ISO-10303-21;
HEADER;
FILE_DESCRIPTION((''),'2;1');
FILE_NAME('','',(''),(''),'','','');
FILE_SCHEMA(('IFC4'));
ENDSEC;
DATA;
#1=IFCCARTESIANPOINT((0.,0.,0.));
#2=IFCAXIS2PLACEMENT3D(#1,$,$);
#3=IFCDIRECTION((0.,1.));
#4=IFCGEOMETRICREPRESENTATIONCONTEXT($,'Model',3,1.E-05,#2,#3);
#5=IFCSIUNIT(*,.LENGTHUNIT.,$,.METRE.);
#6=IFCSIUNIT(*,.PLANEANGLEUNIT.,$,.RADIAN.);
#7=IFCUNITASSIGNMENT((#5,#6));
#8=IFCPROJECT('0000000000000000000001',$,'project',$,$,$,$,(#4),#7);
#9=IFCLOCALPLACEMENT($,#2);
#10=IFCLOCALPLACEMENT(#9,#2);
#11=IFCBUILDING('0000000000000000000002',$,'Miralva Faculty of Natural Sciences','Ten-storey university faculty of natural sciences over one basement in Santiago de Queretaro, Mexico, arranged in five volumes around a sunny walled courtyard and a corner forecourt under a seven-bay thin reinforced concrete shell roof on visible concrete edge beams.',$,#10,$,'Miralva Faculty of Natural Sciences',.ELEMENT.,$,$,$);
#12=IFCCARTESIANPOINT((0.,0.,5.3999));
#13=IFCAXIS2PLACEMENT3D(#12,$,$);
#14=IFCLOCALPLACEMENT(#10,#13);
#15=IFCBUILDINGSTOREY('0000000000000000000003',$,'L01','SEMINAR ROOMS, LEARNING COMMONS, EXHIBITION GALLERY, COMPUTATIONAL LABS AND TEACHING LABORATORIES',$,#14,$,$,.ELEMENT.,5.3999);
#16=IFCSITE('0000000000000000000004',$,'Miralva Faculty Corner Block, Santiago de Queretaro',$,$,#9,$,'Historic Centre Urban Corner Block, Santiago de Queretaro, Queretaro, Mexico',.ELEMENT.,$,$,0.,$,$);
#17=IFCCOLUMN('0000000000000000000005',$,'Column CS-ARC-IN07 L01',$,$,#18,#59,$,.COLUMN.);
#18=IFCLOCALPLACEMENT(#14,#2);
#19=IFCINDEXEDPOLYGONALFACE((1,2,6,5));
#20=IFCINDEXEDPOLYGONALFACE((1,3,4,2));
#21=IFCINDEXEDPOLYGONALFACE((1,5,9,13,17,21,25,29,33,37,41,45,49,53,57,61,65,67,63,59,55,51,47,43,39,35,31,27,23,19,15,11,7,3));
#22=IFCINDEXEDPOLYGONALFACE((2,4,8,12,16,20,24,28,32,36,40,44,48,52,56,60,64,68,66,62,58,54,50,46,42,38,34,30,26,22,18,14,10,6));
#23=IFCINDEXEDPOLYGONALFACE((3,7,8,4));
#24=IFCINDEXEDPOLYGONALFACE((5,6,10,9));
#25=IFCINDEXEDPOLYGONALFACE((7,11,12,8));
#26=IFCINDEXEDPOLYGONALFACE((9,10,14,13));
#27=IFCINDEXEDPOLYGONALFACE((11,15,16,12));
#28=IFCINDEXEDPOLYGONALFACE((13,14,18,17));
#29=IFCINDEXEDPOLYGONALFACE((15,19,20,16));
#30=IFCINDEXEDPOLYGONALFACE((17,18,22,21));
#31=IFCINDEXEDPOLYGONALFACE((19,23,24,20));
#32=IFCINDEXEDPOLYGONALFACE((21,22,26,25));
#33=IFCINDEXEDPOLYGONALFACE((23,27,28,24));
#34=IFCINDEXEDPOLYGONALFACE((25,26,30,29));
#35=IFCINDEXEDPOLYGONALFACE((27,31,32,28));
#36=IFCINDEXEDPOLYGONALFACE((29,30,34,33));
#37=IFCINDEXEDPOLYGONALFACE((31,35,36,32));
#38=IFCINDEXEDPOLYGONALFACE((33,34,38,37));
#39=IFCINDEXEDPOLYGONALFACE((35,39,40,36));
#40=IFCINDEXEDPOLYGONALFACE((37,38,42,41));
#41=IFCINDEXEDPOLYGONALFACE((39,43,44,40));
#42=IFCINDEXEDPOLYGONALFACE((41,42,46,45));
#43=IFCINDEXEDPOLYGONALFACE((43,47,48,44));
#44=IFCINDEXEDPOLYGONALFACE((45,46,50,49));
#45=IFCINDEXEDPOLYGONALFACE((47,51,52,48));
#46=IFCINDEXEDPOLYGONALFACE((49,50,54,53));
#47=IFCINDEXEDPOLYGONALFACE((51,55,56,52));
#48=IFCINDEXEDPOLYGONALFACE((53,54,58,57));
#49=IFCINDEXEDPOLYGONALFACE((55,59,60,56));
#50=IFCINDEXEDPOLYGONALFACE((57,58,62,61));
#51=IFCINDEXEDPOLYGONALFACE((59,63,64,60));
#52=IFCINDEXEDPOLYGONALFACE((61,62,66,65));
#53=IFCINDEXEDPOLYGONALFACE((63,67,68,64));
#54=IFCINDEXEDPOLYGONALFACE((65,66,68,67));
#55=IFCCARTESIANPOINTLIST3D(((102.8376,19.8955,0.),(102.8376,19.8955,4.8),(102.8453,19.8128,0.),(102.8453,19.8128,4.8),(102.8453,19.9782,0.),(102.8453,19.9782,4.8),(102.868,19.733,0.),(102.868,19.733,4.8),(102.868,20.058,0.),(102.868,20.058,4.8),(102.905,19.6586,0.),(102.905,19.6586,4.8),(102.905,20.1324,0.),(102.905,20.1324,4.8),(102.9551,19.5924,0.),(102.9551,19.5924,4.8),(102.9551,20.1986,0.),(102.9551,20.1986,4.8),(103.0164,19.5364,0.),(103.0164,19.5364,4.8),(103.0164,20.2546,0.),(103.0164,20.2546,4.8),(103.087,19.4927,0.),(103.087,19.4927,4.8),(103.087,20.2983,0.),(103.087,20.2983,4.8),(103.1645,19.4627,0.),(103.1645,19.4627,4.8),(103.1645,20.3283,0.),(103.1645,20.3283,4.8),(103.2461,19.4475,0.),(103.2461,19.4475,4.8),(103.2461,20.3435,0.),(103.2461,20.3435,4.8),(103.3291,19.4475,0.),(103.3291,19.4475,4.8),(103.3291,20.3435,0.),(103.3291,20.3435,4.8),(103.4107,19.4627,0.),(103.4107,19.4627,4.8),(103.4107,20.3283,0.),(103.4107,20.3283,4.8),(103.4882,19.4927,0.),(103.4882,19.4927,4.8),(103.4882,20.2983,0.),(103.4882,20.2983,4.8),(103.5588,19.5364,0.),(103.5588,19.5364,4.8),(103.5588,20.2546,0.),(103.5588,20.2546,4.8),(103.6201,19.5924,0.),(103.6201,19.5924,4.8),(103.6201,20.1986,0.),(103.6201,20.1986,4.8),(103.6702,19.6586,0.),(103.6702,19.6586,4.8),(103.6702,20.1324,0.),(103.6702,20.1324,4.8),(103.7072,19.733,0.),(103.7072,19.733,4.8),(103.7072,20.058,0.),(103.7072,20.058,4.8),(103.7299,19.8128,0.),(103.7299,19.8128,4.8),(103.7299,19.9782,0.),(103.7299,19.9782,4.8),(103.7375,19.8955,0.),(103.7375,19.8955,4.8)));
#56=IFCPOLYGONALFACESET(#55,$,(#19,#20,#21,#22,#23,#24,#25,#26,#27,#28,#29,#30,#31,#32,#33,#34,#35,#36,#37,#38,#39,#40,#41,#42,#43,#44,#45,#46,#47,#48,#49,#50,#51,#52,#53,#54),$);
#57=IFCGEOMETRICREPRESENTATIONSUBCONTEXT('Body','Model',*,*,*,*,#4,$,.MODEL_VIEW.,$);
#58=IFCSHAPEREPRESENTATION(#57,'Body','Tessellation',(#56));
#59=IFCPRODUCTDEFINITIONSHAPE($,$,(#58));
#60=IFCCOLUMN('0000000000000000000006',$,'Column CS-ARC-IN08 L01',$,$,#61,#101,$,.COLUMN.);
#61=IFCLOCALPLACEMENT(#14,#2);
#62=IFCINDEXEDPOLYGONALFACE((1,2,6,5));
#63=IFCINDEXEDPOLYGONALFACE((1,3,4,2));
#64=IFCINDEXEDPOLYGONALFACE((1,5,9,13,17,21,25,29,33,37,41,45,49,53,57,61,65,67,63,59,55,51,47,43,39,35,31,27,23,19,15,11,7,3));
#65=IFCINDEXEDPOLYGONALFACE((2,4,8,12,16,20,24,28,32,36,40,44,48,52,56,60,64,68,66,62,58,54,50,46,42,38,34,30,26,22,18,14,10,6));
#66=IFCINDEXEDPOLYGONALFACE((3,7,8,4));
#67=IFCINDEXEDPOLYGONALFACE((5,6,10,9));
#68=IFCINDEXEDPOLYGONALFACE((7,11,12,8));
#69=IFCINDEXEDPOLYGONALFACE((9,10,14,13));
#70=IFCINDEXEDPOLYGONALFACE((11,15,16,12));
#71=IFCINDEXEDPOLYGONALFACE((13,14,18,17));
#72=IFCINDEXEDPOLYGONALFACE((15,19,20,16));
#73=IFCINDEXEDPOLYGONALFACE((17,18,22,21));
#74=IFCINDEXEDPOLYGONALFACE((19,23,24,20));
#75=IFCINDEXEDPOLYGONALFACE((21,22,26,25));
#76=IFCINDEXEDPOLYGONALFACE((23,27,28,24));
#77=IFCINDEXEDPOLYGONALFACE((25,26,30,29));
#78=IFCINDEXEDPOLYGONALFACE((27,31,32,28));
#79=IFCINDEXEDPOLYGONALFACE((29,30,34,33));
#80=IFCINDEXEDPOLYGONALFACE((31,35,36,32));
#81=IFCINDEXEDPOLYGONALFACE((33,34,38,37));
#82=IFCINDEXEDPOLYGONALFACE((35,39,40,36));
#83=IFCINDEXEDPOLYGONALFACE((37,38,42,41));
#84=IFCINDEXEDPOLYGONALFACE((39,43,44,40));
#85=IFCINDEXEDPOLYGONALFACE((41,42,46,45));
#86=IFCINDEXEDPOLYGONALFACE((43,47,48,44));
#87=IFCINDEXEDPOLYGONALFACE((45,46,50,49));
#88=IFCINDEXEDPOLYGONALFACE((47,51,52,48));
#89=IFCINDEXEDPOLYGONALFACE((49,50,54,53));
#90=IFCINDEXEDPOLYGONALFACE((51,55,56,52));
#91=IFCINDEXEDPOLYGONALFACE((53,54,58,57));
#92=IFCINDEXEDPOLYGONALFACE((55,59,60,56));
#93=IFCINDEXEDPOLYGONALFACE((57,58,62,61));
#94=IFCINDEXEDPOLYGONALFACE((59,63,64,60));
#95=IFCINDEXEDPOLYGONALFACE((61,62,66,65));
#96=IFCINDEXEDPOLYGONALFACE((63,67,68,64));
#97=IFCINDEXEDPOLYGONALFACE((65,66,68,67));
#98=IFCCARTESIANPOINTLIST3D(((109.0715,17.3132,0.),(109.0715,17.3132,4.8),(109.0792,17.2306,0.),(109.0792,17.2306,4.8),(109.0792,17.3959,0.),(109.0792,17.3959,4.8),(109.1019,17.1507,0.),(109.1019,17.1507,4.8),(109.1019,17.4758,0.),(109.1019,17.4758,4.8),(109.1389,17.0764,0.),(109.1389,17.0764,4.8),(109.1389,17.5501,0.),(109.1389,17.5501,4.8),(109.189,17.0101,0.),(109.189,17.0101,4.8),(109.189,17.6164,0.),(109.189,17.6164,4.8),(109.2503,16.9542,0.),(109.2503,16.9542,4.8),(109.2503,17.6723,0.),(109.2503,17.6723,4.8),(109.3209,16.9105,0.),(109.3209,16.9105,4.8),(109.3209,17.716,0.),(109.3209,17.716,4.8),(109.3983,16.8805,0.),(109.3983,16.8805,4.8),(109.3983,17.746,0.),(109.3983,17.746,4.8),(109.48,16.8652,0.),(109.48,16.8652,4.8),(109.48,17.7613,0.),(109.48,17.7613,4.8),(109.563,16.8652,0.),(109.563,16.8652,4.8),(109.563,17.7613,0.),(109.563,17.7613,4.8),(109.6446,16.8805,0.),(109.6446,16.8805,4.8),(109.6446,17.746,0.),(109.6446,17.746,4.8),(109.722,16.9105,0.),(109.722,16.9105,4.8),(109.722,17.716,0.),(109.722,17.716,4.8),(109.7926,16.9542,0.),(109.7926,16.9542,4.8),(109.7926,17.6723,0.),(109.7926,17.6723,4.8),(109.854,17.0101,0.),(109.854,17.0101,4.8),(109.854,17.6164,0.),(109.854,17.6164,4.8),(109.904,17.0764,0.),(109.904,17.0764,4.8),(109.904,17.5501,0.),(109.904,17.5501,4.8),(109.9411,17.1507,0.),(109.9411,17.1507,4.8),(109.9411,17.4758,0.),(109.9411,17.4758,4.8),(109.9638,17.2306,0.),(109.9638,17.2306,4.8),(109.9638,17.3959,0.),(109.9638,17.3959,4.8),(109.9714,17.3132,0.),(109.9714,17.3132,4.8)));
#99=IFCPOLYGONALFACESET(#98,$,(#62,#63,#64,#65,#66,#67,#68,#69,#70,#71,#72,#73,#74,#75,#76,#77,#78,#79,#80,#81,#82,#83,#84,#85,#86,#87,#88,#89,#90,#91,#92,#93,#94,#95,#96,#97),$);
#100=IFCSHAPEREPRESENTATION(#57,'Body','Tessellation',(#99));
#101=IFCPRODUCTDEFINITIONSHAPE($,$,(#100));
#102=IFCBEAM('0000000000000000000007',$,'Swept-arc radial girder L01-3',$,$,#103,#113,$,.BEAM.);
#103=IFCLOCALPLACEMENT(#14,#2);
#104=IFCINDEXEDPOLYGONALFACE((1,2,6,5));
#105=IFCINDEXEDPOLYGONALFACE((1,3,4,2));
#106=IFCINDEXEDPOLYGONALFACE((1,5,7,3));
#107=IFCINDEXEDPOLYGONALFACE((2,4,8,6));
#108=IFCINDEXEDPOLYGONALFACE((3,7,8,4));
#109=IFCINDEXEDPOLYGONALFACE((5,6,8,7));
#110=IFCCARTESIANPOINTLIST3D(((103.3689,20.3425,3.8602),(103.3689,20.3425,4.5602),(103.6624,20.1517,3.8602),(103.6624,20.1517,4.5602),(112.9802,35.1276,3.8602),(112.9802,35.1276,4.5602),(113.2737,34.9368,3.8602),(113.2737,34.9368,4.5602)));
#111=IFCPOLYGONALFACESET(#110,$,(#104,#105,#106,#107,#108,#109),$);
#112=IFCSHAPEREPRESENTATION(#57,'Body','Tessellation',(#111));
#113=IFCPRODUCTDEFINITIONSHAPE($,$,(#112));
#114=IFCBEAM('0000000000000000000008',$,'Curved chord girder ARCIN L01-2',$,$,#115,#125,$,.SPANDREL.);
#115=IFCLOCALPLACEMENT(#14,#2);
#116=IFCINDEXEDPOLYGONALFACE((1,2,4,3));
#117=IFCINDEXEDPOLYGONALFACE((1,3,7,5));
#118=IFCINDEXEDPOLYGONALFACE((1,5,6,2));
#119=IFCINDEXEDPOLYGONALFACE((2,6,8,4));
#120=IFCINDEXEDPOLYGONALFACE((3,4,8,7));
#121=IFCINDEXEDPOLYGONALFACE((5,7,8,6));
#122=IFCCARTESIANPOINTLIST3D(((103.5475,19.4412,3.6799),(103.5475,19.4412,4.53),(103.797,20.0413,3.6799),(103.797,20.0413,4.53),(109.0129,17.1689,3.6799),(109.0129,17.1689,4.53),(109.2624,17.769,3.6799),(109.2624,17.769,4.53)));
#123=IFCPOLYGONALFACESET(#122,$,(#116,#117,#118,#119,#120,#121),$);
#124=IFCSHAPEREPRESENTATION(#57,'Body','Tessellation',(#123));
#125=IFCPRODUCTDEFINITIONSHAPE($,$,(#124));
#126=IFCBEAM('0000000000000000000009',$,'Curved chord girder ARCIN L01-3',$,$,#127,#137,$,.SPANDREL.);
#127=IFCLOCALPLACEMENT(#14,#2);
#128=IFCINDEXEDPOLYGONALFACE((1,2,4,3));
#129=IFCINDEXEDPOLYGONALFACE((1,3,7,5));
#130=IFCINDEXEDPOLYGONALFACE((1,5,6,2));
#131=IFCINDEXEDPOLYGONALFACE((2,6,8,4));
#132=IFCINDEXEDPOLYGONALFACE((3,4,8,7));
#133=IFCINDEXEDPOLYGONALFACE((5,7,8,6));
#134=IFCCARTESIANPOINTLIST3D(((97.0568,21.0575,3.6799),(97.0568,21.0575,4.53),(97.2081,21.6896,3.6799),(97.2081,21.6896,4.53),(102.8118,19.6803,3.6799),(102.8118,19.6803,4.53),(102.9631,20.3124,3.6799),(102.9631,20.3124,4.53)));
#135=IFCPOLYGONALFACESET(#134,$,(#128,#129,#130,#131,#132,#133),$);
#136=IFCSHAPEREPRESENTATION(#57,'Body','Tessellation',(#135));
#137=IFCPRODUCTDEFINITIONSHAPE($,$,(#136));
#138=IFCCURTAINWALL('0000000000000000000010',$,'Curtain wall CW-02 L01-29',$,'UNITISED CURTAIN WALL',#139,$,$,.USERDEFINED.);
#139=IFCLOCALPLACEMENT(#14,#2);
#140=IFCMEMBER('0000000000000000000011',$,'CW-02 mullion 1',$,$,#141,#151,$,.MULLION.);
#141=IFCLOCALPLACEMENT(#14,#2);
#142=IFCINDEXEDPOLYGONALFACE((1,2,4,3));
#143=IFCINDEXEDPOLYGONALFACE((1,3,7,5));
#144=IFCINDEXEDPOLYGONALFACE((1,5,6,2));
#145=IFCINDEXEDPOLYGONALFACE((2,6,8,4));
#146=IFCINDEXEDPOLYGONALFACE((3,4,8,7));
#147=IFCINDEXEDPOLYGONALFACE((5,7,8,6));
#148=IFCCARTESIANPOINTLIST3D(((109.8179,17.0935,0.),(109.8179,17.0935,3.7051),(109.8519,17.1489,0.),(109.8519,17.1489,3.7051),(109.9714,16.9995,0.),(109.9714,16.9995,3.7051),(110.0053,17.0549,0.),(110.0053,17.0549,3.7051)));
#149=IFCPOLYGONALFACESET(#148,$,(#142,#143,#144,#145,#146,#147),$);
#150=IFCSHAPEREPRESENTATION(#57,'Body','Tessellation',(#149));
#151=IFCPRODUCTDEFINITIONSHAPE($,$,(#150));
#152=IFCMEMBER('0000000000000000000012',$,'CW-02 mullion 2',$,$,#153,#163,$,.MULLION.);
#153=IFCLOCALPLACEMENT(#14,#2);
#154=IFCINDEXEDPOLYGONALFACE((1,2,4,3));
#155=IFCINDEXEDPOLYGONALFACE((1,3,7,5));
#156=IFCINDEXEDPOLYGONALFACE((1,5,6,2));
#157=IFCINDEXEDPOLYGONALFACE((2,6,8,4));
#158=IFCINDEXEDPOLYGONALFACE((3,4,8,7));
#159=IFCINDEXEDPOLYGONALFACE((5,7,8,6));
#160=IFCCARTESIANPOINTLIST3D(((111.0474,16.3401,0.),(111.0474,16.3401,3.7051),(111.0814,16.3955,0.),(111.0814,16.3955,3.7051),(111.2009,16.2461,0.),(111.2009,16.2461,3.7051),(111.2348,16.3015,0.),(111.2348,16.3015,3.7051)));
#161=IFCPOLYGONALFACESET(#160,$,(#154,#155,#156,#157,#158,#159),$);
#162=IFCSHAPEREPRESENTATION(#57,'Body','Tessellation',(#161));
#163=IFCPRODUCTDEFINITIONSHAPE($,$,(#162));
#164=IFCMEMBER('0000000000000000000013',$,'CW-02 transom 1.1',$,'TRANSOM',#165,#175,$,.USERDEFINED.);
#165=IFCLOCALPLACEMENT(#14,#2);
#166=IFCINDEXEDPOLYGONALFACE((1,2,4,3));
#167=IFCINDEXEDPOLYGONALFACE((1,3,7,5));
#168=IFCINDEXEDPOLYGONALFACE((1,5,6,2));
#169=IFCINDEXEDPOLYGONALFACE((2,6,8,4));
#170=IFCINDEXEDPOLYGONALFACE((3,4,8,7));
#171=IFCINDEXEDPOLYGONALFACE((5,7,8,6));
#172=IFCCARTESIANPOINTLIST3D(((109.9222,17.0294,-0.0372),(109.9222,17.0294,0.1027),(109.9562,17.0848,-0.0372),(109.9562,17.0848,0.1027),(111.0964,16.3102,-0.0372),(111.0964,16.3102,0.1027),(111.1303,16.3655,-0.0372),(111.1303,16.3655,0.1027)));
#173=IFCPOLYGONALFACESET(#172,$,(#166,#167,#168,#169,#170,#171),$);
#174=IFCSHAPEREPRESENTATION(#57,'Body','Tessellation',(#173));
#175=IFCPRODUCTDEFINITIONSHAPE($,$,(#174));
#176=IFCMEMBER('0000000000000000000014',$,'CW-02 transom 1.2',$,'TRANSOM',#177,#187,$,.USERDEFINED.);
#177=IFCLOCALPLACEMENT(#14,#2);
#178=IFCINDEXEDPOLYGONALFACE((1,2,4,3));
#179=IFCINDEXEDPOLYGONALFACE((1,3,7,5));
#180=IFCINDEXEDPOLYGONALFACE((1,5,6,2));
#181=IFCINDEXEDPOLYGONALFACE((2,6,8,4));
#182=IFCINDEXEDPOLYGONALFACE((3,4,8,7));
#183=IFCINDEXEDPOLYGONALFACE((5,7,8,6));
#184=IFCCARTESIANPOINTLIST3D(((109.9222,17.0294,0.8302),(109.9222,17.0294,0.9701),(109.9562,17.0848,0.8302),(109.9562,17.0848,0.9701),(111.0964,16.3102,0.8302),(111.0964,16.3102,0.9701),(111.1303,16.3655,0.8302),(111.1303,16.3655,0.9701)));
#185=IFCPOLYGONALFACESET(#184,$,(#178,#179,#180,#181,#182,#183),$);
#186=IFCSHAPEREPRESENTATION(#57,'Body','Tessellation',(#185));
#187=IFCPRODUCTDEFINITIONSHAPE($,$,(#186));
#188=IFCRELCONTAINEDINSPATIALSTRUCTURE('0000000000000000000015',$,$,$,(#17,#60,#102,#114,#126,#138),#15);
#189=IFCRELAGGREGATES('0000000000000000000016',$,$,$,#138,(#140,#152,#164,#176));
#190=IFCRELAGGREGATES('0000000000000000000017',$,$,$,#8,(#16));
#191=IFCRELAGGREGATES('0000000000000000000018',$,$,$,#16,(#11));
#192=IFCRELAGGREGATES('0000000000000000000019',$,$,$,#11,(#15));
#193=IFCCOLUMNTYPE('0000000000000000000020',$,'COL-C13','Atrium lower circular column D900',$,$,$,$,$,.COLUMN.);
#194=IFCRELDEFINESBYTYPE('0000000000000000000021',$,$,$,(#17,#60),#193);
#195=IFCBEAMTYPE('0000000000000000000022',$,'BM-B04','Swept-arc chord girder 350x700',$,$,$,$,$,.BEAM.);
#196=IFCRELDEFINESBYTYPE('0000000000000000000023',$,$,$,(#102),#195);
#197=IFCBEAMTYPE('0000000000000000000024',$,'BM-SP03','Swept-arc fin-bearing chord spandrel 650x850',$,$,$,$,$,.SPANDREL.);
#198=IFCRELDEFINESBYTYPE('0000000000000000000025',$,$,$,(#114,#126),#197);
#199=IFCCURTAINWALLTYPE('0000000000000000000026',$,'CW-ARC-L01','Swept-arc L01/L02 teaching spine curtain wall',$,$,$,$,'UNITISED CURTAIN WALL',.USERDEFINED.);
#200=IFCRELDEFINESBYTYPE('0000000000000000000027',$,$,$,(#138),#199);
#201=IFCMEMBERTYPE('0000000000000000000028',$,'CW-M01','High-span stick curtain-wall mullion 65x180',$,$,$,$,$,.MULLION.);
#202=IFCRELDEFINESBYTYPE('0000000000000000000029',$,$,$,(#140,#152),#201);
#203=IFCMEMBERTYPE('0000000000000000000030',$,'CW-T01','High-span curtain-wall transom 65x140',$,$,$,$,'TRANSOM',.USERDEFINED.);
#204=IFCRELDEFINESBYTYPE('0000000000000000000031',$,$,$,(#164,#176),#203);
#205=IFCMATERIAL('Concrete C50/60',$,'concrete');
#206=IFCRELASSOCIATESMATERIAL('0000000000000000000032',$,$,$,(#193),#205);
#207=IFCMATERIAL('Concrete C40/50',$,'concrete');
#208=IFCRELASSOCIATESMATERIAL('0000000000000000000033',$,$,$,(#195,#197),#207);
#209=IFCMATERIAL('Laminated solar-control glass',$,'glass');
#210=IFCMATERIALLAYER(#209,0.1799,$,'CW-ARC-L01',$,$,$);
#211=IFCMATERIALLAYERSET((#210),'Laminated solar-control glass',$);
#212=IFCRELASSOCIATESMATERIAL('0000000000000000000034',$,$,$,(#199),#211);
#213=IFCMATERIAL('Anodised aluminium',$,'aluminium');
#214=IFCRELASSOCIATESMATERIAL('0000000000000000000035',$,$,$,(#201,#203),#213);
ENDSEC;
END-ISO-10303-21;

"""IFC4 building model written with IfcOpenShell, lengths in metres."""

from ifc_helpers import new_model, si_unit, direction, frame, origin, origin_2d, place, context, subcontext, project, spatial, rectangle, circle, extrude, material, layer, layer_set, material_profile, profile_set, type_object, element, aggregate, save


model = new_model("IFC4")

# Units and contexts
model_context = context("Model", 3, precision=1e-05, world=origin(), true_north=direction((0.0, 1.0)))
body_context = subcontext(model_context, "Body", "Model", "MODEL_VIEW")
ifc_project = project(units=[si_unit("LENGTHUNIT", "METRE"), si_unit("PLANEANGLEUNIT", "RADIAN")], contexts=[model_context])

# Site, building, storey
site_placement = place(None, origin())
site = spatial("IfcSite", under=ifc_project, at=site_placement, Name="Miralva Faculty Corner Block, Santiago de Queretaro", LongName="Historic Centre Urban Corner Block, Santiago de Queretaro, Queretaro, Mexico", CompositionType="ELEMENT", RefElevation=0.0)
building_placement = place(site_placement, origin())
building = spatial("IfcBuilding", under=site, at=building_placement, Name="Miralva Faculty of Natural Sciences", Description="Ten-storey university faculty of natural sciences over one basement in Santiago de Queretaro, Mexico, arranged in five volumes around a sunny walled courtyard and a corner forecourt under a seven-bay thin reinforced concrete shell roof on visible concrete edge beams.", LongName="Miralva Faculty of Natural Sciences", CompositionType="ELEMENT")
storey_placement = place(building_placement, frame((0.0, 0.0, 5.3999)))
storey = spatial("IfcBuildingStorey", under=building, at=storey_placement, Name="L01", Description="SEMINAR ROOMS, LEARNING COMMONS, EXHIBITION GALLERY, COMPUTATIONAL LABS AND TEACHING LABORATORIES", CompositionType="ELEMENT", Elevation=5.3999)

# Columns
ifc_material_1 = material(Name="Concrete C50/60", Category="concrete")
ifc_material_profile_1 = material_profile(ifc_material_1, circle(Radius=0.45, at=origin_2d()), Name="RC DIA 900")
ifc_profile_set_1 = profile_set([ifc_material_profile_1], Name="Concrete C50/60")
column_type = type_object("IfcColumnType", Name="COL-C13", Description="Atrium lower circular column D900", PredefinedType="COLUMN", material=ifc_profile_set_1)
for number, where, z_axis, x_axis, name in (
    (1, (103.2876, 19.8955, 0.0), (0.0, 0.0, 1.0), (1.0, 0.0, 0.0), "Column CS-ARC-IN07 L01"),
    (2, (109.5215, 17.3132, 0.0), (0.0, 0.0, 1.0), (1.0, 0.0, 0.0), "Column CS-ARC-IN08 L01"),
):
    element("IfcColumn", number, at=place(storey_placement, frame(where, z_axis=z_axis, x_axis=x_axis)), inside=storey, type_object=column_type, Name=name, PredefinedType="COLUMN", context=body_context, shape_type="SweptSolid", body=[
        extrude(circle(Radius=0.45, at=origin_2d()), origin(), (0.0, 0.0, 1.0), 4.8),
    ])

# Beams
ifc_material_2 = material(Name="Concrete C40/50", Category="concrete")
ifc_material_profile_2 = material_profile(ifc_material_2, rectangle(XDim=0.3501, YDim=0.7, at=origin_2d()), Name="RC 350x700")
ifc_profile_set_2 = profile_set([ifc_material_profile_2], Name="Concrete C40/50")
beam_type_1 = type_object("IfcBeamType", Name="BM-B04", Description="Swept-arc chord girder 350x700", PredefinedType="BEAM", material=ifc_profile_set_2)
beam_1_placement = place(storey_placement, frame((103.5156, 20.2471, 4.2102), z_axis=(0.545027, 0.838418, 0.0), x_axis=(-0.838418, 0.545027, 0.0)))
element("IfcBeam", 3, at=beam_1_placement, inside=storey, type_object=beam_type_1, Name="Swept-arc radial girder L01-3", PredefinedType="BEAM", context=body_context, shape_type="SweptSolid", body=[
    extrude(rectangle(XDim=0.3501, YDim=0.7, at=origin_2d()), origin(), (0.0, 0.0, 1.0), 17.6345),
])
ifc_material_profile_3 = material_profile(ifc_material_2, rectangle(XDim=0.6499, YDim=0.8501, at=origin_2d()), Name="RC 650x850")
ifc_profile_set_3 = profile_set([ifc_material_profile_3], Name="Concrete C40/50")
beam_type_2 = type_object("IfcBeamType", Name="BM-SP03", Description="Swept-arc fin-bearing chord spandrel 650x850", PredefinedType="SPANDREL", material=ifc_profile_set_3)
beam_2_placement = place(storey_placement, frame((109.1377, 17.469, 4.105), z_axis=(-0.923377, 0.383895, 0.0), x_axis=(-0.383895, -0.923377, 0.0)))
element("IfcBeam", 4, at=beam_2_placement, inside=storey, type_object=beam_type_2, Name="Curved chord girder ARCIN L01-2", PredefinedType="SPANDREL", context=body_context, shape_type="SweptSolid", body=[
    extrude(rectangle(XDim=0.6499, YDim=0.8501, at=origin_2d()), origin(), (0.0, 0.0, 1.0), 5.9189),
])
beam_3_placement = place(storey_placement, frame((102.8875, 19.9963, 4.105), z_axis=(-0.97254, 0.232738, 0.0), x_axis=(-0.232738, -0.97254, 0.0)))
element("IfcBeam", 5, at=beam_3_placement, inside=storey, type_object=beam_type_2, Name="Curved chord girder ARCIN L01-3", PredefinedType="SPANDREL", context=body_context, shape_type="SweptSolid", body=[
    extrude(rectangle(XDim=0.6499, YDim=0.8501, at=origin_2d()), origin(), (0.0, 0.0, 1.0), 5.9175),
])

# Curtain wall, members
ifc_material_3 = material(Name="Laminated solar-control glass", Category="glass")
ifc_layer_1 = layer(ifc_material_3, 0.1799, Name="CW-ARC-L01")
ifc_layer_set_1 = layer_set([ifc_layer_1], Name="Laminated solar-control glass")
curtain_wall_type = type_object("IfcCurtainWallType", Name="CW-ARC-L01", Description="Swept-arc L01/L02 teaching spine curtain wall", ElementType="UNITISED CURTAIN WALL", PredefinedType="USERDEFINED", material=ifc_layer_set_1)
curtain_wall_placement = place(storey_placement, origin())
curtain_wall = element("IfcCurtainWall", 6, at=curtain_wall_placement, inside=storey, type_object=curtain_wall_type, Name="Curtain wall CW-02 L01-29", ObjectType="UNITISED CURTAIN WALL", PredefinedType="USERDEFINED")
ifc_material_4 = material(Name="Anodised aluminium", Category="aluminium")
ifc_material_profile_4 = material_profile(ifc_material_4, rectangle(XDim=0.0649, YDim=0.1799, at=origin_2d()), Name="MULLION 65x180")
ifc_profile_set_4 = profile_set([ifc_material_profile_4], Name="Anodised aluminium")
member_type_1 = type_object("IfcMemberType", Name="CW-M01", Description="High-span stick curtain-wall mullion 65x180", PredefinedType="MULLION", material=ifc_profile_set_4)
member_1_placement = place(storey_placement, frame((109.9116, 17.0742, 0.0), z_axis=(0.0, 0.0, 1.0), x_axis=(0.522483, 0.85265, 0.0)))
member_1 = element("IfcMember", 7, at=member_1_placement, type_object=member_type_1, Name="CW-02 mullion 1", PredefinedType="MULLION", context=body_context, shape_type="SweptSolid", body=[
    extrude(rectangle(XDim=0.0649, YDim=0.1799, at=origin_2d()), origin(), (0.0, 0.0, 1.0), 3.7051),
])
member_2_placement = place(storey_placement, frame((111.1411, 16.3208, 0.0), z_axis=(0.0, 0.0, 1.0), x_axis=(0.522483, 0.85265, 0.0)))
member_2 = element("IfcMember", 8, at=member_2_placement, type_object=member_type_1, Name="CW-02 mullion 2", PredefinedType="MULLION", context=body_context, shape_type="SweptSolid", body=[
    extrude(rectangle(XDim=0.0649, YDim=0.1799, at=origin_2d()), origin(), (0.0, 0.0, 1.0), 3.7051),
])
ifc_material_profile_5 = material_profile(ifc_material_4, rectangle(XDim=0.0649, YDim=0.1399, at=origin_2d()), Name="TRANSOM 65x140")
ifc_profile_set_5 = profile_set([ifc_material_profile_5], Name="Anodised aluminium")
member_type_2 = type_object("IfcMemberType", Name="CW-T01", Description="High-span curtain-wall transom 65x140", ElementType="TRANSOM", PredefinedType="USERDEFINED", material=ifc_profile_set_5)
member_3_placement = place(storey_placement, frame((109.9392, 17.0571, 0.0327), z_axis=(0.852716, -0.522375, 0.0), x_axis=(0.522375, 0.852716, 0.0)))
member_3 = element("IfcMember", 9, at=member_3_placement, type_object=member_type_2, Name="CW-02 transom 1.1", ObjectType="TRANSOM", PredefinedType="USERDEFINED", context=body_context, shape_type="SweptSolid", body=[
    extrude(rectangle(XDim=0.0649, YDim=0.1399, at=origin_2d()), origin(), (0.0, 0.0, 1.0), 1.377),
])
member_4_placement = place(storey_placement, frame((109.9392, 17.0571, 0.9001), z_axis=(0.852716, -0.522375, 0.0), x_axis=(0.522375, 0.852716, 0.0)))
member_4 = element("IfcMember", 10, at=member_4_placement, type_object=member_type_2, Name="CW-02 transom 1.2", ObjectType="TRANSOM", PredefinedType="USERDEFINED", context=body_context, shape_type="SweptSolid", body=[
    extrude(rectangle(XDim=0.0649, YDim=0.1399, at=origin_2d()), origin(), (0.0, 0.0, 1.0), 1.377),
])
aggregate(curtain_wall, [member_1, member_2, member_3, member_4])

save(model, "model.ifc")
